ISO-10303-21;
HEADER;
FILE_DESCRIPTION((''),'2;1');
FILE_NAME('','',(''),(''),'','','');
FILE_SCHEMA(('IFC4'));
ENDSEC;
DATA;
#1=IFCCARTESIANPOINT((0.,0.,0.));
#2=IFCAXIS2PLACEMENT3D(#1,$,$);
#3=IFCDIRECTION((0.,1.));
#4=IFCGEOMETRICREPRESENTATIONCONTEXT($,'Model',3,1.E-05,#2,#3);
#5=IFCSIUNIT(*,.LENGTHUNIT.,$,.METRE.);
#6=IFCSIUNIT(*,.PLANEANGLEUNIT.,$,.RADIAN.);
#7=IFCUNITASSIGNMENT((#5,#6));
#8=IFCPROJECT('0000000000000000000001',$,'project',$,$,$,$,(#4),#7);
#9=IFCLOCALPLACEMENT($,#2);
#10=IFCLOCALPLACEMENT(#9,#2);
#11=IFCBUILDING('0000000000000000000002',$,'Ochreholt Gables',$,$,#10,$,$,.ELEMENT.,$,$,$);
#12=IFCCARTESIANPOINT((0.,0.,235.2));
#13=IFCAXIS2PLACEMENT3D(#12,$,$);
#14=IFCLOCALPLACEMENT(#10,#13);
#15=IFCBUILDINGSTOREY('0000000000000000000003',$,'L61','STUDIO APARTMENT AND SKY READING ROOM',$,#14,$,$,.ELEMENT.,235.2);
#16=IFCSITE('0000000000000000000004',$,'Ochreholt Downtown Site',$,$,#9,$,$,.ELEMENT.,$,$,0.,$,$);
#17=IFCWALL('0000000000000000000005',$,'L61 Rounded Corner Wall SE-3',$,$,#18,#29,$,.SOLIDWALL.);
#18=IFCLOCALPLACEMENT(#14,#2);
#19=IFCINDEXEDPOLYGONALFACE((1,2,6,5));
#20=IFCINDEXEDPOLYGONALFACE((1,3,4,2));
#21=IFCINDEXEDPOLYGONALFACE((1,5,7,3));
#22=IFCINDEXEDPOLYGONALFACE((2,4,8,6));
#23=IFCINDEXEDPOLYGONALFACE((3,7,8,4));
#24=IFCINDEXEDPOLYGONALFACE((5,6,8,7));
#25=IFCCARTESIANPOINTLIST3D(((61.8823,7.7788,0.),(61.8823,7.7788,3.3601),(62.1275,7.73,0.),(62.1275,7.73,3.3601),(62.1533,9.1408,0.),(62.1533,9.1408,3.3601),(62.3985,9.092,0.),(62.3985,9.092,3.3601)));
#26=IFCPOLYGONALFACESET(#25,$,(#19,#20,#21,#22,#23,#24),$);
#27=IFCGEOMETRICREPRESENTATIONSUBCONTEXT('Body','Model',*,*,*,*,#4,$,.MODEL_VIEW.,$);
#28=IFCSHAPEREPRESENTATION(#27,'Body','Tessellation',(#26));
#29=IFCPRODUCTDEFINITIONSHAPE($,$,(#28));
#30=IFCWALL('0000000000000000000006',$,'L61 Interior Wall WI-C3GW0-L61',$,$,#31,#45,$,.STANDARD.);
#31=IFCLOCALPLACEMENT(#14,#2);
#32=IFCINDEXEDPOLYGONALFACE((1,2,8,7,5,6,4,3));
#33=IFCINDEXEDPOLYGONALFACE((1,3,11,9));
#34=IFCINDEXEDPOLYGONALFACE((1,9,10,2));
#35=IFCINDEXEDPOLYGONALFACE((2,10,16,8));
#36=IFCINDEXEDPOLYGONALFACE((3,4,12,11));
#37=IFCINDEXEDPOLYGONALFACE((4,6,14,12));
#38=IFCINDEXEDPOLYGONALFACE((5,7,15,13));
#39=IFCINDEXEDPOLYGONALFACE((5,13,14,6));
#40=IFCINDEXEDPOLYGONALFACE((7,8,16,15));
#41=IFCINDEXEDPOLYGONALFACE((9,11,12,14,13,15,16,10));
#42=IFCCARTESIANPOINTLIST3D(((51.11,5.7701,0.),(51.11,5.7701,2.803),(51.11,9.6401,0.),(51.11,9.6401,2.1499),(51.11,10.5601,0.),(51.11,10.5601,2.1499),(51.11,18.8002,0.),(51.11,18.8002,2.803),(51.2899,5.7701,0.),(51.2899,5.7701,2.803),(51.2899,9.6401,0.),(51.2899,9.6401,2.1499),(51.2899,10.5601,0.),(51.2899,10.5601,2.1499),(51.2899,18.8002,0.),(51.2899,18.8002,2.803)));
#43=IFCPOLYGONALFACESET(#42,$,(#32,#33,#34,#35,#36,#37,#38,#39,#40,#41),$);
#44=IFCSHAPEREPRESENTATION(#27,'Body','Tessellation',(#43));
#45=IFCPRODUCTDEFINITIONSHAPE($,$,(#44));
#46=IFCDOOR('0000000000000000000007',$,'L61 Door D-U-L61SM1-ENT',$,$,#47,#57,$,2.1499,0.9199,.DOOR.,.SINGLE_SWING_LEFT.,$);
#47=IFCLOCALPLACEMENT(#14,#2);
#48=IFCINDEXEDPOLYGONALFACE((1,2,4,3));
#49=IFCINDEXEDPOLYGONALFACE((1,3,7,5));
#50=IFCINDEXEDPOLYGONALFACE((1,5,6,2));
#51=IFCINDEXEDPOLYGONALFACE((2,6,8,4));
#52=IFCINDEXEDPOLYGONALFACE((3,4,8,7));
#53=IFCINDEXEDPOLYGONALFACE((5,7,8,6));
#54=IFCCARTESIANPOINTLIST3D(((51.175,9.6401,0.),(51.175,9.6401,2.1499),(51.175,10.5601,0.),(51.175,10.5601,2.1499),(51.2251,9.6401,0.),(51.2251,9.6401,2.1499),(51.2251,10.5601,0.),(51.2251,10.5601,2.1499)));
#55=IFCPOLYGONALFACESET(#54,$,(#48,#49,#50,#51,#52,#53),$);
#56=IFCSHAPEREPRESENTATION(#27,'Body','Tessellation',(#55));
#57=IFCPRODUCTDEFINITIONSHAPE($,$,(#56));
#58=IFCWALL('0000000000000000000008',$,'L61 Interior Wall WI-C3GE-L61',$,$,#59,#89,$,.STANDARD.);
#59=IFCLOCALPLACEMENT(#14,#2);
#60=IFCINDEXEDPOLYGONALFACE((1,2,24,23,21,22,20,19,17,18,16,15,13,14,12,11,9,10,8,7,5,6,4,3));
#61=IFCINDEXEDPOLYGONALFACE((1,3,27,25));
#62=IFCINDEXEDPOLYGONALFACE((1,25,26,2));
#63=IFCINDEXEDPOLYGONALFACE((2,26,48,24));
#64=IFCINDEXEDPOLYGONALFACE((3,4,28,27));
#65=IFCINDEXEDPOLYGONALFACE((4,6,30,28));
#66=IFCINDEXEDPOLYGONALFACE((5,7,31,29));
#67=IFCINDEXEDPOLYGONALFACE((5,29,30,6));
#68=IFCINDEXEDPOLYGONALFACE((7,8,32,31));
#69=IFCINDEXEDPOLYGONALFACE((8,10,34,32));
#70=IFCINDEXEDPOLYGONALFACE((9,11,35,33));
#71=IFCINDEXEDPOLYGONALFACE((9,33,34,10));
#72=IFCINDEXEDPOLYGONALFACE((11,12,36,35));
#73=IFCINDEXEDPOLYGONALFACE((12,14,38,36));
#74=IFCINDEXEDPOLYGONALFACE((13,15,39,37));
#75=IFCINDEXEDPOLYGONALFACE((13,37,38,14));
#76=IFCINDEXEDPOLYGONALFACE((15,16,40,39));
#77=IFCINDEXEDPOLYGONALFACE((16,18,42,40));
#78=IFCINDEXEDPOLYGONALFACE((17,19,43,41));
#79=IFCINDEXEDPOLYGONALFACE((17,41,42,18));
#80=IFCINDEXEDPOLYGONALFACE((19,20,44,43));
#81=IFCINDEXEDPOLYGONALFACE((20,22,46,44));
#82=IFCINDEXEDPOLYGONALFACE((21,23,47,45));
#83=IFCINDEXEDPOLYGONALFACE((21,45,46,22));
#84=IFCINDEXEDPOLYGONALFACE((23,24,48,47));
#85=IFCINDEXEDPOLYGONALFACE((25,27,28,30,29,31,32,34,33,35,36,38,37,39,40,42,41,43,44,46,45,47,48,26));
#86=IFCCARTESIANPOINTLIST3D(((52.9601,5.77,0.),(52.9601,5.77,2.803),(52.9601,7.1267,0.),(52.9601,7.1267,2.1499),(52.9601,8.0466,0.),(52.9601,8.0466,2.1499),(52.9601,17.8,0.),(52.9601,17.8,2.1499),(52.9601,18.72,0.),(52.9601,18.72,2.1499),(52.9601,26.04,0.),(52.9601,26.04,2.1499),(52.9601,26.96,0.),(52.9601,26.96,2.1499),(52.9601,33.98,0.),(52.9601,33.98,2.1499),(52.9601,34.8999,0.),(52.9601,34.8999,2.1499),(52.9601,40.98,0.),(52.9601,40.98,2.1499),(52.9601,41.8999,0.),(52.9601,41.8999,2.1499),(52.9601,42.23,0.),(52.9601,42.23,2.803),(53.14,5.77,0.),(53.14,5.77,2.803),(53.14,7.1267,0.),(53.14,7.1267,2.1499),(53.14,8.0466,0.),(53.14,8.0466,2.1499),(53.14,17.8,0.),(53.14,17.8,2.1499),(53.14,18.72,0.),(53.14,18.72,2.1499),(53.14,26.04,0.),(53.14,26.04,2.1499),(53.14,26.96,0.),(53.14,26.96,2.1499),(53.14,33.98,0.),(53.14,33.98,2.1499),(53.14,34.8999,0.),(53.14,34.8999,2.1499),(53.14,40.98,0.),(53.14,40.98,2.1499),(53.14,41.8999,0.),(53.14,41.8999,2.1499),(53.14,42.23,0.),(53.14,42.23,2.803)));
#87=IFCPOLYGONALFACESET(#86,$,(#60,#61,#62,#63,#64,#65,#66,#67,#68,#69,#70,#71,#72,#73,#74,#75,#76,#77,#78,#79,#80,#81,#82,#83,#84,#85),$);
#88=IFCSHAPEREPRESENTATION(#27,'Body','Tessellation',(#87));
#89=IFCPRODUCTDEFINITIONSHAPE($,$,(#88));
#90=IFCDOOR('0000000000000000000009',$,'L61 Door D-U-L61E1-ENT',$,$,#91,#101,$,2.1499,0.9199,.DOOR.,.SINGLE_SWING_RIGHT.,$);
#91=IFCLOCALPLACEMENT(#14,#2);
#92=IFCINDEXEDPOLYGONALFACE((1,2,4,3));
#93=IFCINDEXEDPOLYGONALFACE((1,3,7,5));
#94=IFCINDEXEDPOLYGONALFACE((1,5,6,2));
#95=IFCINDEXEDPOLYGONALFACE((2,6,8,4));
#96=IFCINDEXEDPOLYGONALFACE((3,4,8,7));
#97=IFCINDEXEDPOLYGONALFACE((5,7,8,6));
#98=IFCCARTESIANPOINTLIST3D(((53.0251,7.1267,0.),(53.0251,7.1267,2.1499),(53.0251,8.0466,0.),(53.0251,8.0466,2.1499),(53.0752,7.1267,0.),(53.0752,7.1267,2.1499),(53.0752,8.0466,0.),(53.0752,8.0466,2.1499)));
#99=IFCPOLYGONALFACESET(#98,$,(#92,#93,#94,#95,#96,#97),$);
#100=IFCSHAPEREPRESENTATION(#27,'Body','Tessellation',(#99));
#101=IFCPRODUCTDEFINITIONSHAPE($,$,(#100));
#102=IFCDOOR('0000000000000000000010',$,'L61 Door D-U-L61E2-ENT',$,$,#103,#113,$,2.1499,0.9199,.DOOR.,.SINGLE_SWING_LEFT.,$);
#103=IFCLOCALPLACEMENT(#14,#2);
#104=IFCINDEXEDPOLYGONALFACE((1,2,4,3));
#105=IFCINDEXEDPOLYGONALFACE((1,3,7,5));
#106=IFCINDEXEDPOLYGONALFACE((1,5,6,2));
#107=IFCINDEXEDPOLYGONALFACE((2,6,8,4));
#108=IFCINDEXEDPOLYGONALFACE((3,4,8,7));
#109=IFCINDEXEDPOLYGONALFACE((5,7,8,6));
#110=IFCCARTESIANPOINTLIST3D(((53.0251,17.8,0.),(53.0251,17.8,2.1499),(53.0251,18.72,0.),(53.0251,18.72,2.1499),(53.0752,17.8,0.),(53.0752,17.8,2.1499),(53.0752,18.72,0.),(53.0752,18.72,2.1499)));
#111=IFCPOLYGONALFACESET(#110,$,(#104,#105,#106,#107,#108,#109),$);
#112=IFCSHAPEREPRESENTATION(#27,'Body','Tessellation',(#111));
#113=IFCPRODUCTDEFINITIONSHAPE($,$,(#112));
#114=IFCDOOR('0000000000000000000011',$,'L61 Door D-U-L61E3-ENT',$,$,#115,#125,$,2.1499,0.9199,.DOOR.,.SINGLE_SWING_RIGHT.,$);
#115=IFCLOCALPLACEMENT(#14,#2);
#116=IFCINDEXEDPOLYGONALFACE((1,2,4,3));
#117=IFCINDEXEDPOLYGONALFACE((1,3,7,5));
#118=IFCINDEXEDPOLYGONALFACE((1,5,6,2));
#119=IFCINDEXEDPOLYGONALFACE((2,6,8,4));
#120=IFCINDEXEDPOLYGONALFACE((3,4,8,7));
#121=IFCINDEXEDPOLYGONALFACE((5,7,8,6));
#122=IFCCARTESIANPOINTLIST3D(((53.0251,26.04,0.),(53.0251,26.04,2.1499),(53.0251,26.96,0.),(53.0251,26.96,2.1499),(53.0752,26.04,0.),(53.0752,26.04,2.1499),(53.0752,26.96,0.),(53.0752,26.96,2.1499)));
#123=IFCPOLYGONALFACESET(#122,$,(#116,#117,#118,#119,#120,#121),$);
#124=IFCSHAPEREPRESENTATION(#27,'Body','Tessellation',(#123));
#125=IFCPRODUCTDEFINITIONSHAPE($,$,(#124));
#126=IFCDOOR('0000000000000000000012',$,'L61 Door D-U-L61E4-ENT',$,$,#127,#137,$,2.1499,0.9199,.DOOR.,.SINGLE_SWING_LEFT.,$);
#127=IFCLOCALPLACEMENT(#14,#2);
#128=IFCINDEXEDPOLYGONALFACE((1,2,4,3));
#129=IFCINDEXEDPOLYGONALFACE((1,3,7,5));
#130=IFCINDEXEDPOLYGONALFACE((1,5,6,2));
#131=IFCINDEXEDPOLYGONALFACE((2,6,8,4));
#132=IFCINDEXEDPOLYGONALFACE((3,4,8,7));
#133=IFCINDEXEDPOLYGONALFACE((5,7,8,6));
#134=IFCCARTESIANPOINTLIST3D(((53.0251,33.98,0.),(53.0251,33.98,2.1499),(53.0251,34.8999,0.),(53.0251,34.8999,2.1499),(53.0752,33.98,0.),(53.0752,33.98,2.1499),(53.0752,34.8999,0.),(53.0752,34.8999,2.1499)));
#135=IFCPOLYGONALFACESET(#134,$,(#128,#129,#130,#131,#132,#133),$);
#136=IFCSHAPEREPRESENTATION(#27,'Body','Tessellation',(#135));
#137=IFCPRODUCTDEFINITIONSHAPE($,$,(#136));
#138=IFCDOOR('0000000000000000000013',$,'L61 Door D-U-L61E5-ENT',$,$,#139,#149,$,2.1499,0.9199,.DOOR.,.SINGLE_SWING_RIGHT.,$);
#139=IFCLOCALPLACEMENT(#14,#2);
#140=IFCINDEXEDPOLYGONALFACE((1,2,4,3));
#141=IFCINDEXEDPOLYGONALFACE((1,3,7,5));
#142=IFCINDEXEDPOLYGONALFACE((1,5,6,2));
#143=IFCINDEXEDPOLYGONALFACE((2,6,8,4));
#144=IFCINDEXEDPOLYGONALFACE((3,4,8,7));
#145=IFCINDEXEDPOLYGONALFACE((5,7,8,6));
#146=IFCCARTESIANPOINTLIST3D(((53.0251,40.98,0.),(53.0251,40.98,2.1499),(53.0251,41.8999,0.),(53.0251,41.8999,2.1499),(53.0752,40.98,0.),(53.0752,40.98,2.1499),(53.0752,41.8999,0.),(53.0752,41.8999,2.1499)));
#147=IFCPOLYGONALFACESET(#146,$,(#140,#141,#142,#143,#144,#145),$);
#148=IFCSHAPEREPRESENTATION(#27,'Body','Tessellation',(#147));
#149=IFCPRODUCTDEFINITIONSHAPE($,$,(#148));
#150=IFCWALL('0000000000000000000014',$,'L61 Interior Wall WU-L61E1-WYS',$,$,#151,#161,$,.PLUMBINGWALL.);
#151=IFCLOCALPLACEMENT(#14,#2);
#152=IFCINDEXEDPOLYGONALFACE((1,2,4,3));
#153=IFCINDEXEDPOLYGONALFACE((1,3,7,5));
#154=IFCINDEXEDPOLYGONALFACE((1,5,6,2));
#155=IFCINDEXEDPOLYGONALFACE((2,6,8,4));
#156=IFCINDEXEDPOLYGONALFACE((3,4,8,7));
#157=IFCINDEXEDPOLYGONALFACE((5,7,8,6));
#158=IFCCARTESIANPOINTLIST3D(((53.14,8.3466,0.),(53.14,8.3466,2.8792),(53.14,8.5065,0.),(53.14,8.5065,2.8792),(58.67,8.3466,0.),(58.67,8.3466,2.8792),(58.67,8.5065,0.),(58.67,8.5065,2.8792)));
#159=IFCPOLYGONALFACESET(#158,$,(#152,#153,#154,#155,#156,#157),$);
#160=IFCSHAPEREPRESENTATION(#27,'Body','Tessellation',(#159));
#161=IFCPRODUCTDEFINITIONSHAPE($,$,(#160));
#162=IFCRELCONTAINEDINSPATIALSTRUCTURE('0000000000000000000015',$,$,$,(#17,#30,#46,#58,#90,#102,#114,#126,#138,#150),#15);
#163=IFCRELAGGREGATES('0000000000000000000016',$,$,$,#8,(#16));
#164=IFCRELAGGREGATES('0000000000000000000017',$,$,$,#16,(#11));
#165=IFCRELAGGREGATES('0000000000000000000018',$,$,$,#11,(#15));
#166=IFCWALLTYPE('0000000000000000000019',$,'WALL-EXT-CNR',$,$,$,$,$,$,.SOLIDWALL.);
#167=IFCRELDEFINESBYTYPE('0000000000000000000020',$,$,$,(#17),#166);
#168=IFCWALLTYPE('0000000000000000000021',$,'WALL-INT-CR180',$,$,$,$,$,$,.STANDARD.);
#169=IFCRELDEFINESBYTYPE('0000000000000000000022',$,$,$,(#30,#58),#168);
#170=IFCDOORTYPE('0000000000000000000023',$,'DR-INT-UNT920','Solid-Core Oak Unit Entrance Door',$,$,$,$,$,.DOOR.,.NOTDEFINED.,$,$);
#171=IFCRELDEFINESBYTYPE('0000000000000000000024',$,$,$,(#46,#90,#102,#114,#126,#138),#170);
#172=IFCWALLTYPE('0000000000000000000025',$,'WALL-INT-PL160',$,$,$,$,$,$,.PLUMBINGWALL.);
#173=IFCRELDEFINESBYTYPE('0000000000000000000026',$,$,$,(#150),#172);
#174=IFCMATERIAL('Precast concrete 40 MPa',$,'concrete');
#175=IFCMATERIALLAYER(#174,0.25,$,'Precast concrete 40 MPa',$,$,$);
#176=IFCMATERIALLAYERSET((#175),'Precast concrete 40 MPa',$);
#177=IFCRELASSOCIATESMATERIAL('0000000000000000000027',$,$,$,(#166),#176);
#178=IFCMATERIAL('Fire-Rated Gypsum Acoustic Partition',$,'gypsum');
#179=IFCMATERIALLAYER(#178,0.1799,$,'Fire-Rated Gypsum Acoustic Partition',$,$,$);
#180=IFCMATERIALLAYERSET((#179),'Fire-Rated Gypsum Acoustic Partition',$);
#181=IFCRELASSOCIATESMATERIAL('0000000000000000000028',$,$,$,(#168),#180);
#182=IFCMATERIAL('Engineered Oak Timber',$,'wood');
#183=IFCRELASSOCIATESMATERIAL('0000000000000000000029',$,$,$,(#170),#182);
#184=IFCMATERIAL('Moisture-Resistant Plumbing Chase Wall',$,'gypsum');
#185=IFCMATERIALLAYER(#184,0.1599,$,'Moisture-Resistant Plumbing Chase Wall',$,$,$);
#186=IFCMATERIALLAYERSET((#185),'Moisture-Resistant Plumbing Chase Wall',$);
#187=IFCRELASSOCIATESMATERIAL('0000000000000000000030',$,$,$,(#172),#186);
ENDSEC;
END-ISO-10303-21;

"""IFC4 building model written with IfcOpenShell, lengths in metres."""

from ifc_helpers import new_model, si_unit, direction, frame, frame_2d, origin, place, context, subcontext, project, spatial, rectangle, extrude, material, layer, layer_set, type_object, element, fill, save


model = new_model("IFC4")

# Units and contexts
model_context = context("Model", 3, precision=1e-05, world=origin(), true_north=direction((0.0, 1.0)))
body_context = subcontext(model_context, "Body", "Model", "MODEL_VIEW")
ifc_project = project(units=[si_unit("LENGTHUNIT", "METRE"), si_unit("PLANEANGLEUNIT", "RADIAN")], contexts=[model_context])

# Site, building, storey
site_placement = place(None, origin())
site = spatial("IfcSite", under=ifc_project, at=site_placement, Name="Ochreholt Downtown Site", CompositionType="ELEMENT", RefElevation=0.0)
building_placement = place(site_placement, origin())
building = spatial("IfcBuilding", under=site, at=building_placement, Name="Ochreholt Gables", CompositionType="ELEMENT")
storey_placement = place(building_placement, frame((0.0, 0.0, 235.2)))
storey = spatial("IfcBuildingStorey", under=building, at=storey_placement, Name="L61", Description="STUDIO APARTMENT AND SKY READING ROOM", CompositionType="ELEMENT", Elevation=235.2)

# Shared definitions
ifc_material_1 = material(Name="Precast concrete 40 MPa", Category="concrete")

# Shared definitions
ifc_layer_1 = layer(ifc_material_1, 0.25, Name="Precast concrete 40 MPa")
ifc_layer_set_1 = layer_set([ifc_layer_1], Name="Precast concrete 40 MPa")
wall_type_1 = type_object("IfcWallType", Name="WALL-EXT-CNR", PredefinedType="SOLIDWALL", material=ifc_layer_set_1)

# Wall
wall_1_placement = place(storey_placement, frame((62.0049, 7.7544, 0.0), z_axis=(0.0, 0.0, 1.0), x_axis=(0.195136, 0.980776, 0.0)))
element("IfcWall", 1, at=wall_1_placement, inside=storey, type_object=wall_type_1, Name="L61 Rounded Corner Wall SE-3", PredefinedType="SOLIDWALL", context=body_context, shape_type="SweptSolid", body=[
    extrude(rectangle(XDim=1.3887, YDim=0.25, at=frame_2d((0.6943, 0.0))), origin(), (0.0, 0.0, 1.0), 3.3601),
])

# Wall, opening, door
ifc_material_2 = material(Name="Fire-Rated Gypsum Acoustic Partition", Category="gypsum")
ifc_layer_2 = layer(ifc_material_2, 0.1799, Name="Fire-Rated Gypsum Acoustic Partition")
ifc_layer_set_2 = layer_set([ifc_layer_2], Name="Fire-Rated Gypsum Acoustic Partition")
wall_type_2 = type_object("IfcWallType", Name="WALL-INT-CR180", PredefinedType="STANDARD", material=ifc_layer_set_2)
wall_2_placement = place(storey_placement, frame((51.2, 5.77, 0.0), z_axis=(0.0, 0.0, 1.0), x_axis=(0.0, 1.0, 0.0)))
wall_2 = element("IfcWall", 2, at=wall_2_placement, inside=storey, type_object=wall_type_2, Name="L61 Interior Wall WI-C3GW0-L61", PredefinedType="STANDARD", context=body_context, shape_type="SweptSolid", body=[
    extrude(rectangle(XDim=13.03, YDim=0.1799, at=frame_2d((6.5151, 0.0))), origin(), (0.0, 0.0, 1.0), 2.803),
])
opening_1_placement = place(wall_2_placement, frame((3.8701, 0.0, 0.0)))
opening_1 = element("IfcOpeningElement", 3, at=opening_1_placement, cuts=wall_2, PredefinedType="OPENING", context=body_context, shape_type="SweptSolid", body=[
    extrude(rectangle(XDim=0.9199, YDim=2.1499, at=frame_2d((0.46, 1.075))), frame((0.0, 0.0999, 0.0), z_axis=(0.0, -1.0, 0.0), x_axis=(1.0, 0.0, 0.0)), (0.0, 0.0, 1.0), 0.2),
])
ifc_material_3 = material(Name="Engineered Oak Timber", Category="wood")
door_type_1 = type_object("IfcDoorType", Name="DR-INT-UNT920", Description="Solid-Core Oak Unit Entrance Door", OperationType="NOTDEFINED", PredefinedType="DOOR", material=ifc_material_3)
door_1_placement = place(opening_1_placement, origin())
door_1 = element("IfcDoor", 4, at=door_1_placement, inside=storey, type_object=door_type_1, Name="L61 Door D-U-L61SM1-ENT", OperationType="SINGLE_SWING_LEFT", OverallHeight=2.1499, OverallWidth=0.9199, PredefinedType="DOOR", context=body_context, shape_type="SweptSolid", body=[
    extrude(rectangle(XDim=0.9199, YDim=2.1499, at=frame_2d((0.46, 1.075))), frame((0.0, 0.0249, 0.0), z_axis=(0.0, -1.0, 0.0), x_axis=(1.0, 0.0, 0.0)), (0.0, 0.0, 1.0), 0.05),
])
fill(opening_1, door_1)

# Wall, openings, doors
wall_3_placement = place(storey_placement, frame((53.05, 5.77, 0.0), z_axis=(0.0, 0.0, 1.0), x_axis=(0.0, 1.0, 0.0)))
wall_3 = element("IfcWall", 5, at=wall_3_placement, inside=storey, type_object=wall_type_2, Name="L61 Interior Wall WI-C3GE-L61", PredefinedType="STANDARD", context=body_context, shape_type="SweptSolid", body=[
    extrude(rectangle(XDim=36.46, YDim=0.1799, at=frame_2d((18.23, 0.0))), origin(), (0.0, 0.0, 1.0), 2.803),
])
opening_2_placement = place(wall_3_placement, frame((1.3567, 0.0, 0.0)))
opening_2 = element("IfcOpeningElement", 6, at=opening_2_placement, cuts=wall_3, PredefinedType="OPENING", context=body_context, shape_type="SweptSolid", body=[
    extrude(rectangle(XDim=0.9199, YDim=2.1499, at=frame_2d((0.46, 1.075))), frame((0.0, 0.0999, 0.0), z_axis=(0.0, -1.0, 0.0), x_axis=(1.0, 0.0, 0.0)), (0.0, 0.0, 1.0), 0.2),
])
opening_3_placement = place(wall_3_placement, frame((12.03, 0.0, 0.0)))
opening_3 = element("IfcOpeningElement", 7, at=opening_3_placement, cuts=wall_3, PredefinedType="OPENING", context=body_context, shape_type="SweptSolid", body=[
    extrude(rectangle(XDim=0.9199, YDim=2.1499, at=frame_2d((0.46, 1.075))), frame((0.0, 0.0999, 0.0), z_axis=(0.0, -1.0, 0.0), x_axis=(1.0, 0.0, 0.0)), (0.0, 0.0, 1.0), 0.2),
])
opening_4_placement = place(wall_3_placement, frame((20.27, 0.0, 0.0)))
opening_4 = element("IfcOpeningElement", 8, at=opening_4_placement, cuts=wall_3, PredefinedType="OPENING", context=body_context, shape_type="SweptSolid", body=[
    extrude(rectangle(XDim=0.9199, YDim=2.1499, at=frame_2d((0.46, 1.075))), frame((0.0, 0.0999, 0.0), z_axis=(0.0, -1.0, 0.0), x_axis=(1.0, 0.0, 0.0)), (0.0, 0.0, 1.0), 0.2),
])
opening_5_placement = place(wall_3_placement, frame((28.21, 0.0, 0.0)))
opening_5 = element("IfcOpeningElement", 9, at=opening_5_placement, cuts=wall_3, PredefinedType="OPENING", context=body_context, shape_type="SweptSolid", body=[
    extrude(rectangle(XDim=0.9199, YDim=2.1499, at=frame_2d((0.46, 1.075))), frame((0.0, 0.0999, 0.0), z_axis=(0.0, -1.0, 0.0), x_axis=(1.0, 0.0, 0.0)), (0.0, 0.0, 1.0), 0.2),
])
opening_6_placement = place(wall_3_placement, frame((35.21, 0.0, 0.0)))
opening_6 = element("IfcOpeningElement", 10, at=opening_6_placement, cuts=wall_3, PredefinedType="OPENING", context=body_context, shape_type="SweptSolid", body=[
    extrude(rectangle(XDim=0.9199, YDim=2.1499, at=frame_2d((0.46, 1.075))), frame((0.0, 0.0999, 0.0), z_axis=(0.0, -1.0, 0.0), x_axis=(1.0, 0.0, 0.0)), (0.0, 0.0, 1.0), 0.2),
])
door_2_placement = place(opening_2_placement, origin())
door_2 = element("IfcDoor", 11, at=door_2_placement, inside=storey, type_object=door_type_1, Name="L61 Door D-U-L61E1-ENT", OperationType="SINGLE_SWING_RIGHT", OverallHeight=2.1499, OverallWidth=0.9199, PredefinedType="DOOR", context=body_context, shape_type="SweptSolid", body=[
    extrude(rectangle(XDim=0.9199, YDim=2.1499, at=frame_2d((0.46, 1.075))), frame((0.0, 0.0249, 0.0), z_axis=(0.0, -1.0, 0.0), x_axis=(1.0, 0.0, 0.0)), (0.0, 0.0, 1.0), 0.05),
])
fill(opening_2, door_2)
door_3_placement = place(opening_3_placement, origin())
door_3 = element("IfcDoor", 12, at=door_3_placement, inside=storey, type_object=door_type_1, Name="L61 Door D-U-L61E2-ENT", OperationType="SINGLE_SWING_LEFT", OverallHeight=2.1499, OverallWidth=0.9199, PredefinedType="DOOR", context=body_context, shape_type="SweptSolid", body=[
    extrude(rectangle(XDim=0.9199, YDim=2.1499, at=frame_2d((0.46, 1.075))), frame((0.0, 0.0249, 0.0), z_axis=(0.0, -1.0, 0.0), x_axis=(1.0, 0.0, 0.0)), (0.0, 0.0, 1.0), 0.05),
])
fill(opening_3, door_3)
door_4_placement = place(opening_4_placement, origin())
door_4 = element("IfcDoor", 13, at=door_4_placement, inside=storey, type_object=door_type_1, Name="L61 Door D-U-L61E3-ENT", OperationType="SINGLE_SWING_RIGHT", OverallHeight=2.1499, OverallWidth=0.9199, PredefinedType="DOOR", context=body_context, shape_type="SweptSolid", body=[
    extrude(rectangle(XDim=0.9199, YDim=2.1499, at=frame_2d((0.46, 1.075))), frame((0.0, 0.0249, 0.0), z_axis=(0.0, -1.0, 0.0), x_axis=(1.0, 0.0, 0.0)), (0.0, 0.0, 1.0), 0.05),
])
fill(opening_4, door_4)
door_5_placement = place(opening_5_placement, origin())
door_5 = element("IfcDoor", 14, at=door_5_placement, inside=storey, type_object=door_type_1, Name="L61 Door D-U-L61E4-ENT", OperationType="SINGLE_SWING_LEFT", OverallHeight=2.1499, OverallWidth=0.9199, PredefinedType="DOOR", context=body_context, shape_type="SweptSolid", body=[
    extrude(rectangle(XDim=0.9199, YDim=2.1499, at=frame_2d((0.46, 1.075))), frame((0.0, 0.0249, 0.0), z_axis=(0.0, -1.0, 0.0), x_axis=(1.0, 0.0, 0.0)), (0.0, 0.0, 1.0), 0.05),
])
fill(opening_5, door_5)
door_6_placement = place(opening_6_placement, origin())
door_6 = element("IfcDoor", 15, at=door_6_placement, inside=storey, type_object=door_type_1, Name="L61 Door D-U-L61E5-ENT", OperationType="SINGLE_SWING_RIGHT", OverallHeight=2.1499, OverallWidth=0.9199, PredefinedType="DOOR", context=body_context, shape_type="SweptSolid", body=[
    extrude(rectangle(XDim=0.9199, YDim=2.1499, at=frame_2d((0.46, 1.075))), frame((0.0, 0.0249, 0.0), z_axis=(0.0, -1.0, 0.0), x_axis=(1.0, 0.0, 0.0)), (0.0, 0.0, 1.0), 0.05),
])
fill(opening_6, door_6)

# Wall
ifc_material_4 = material(Name="Moisture-Resistant Plumbing Chase Wall", Category="gypsum")
ifc_layer_3 = layer(ifc_material_4, 0.1599, Name="Moisture-Resistant Plumbing Chase Wall")
ifc_layer_set_3 = layer_set([ifc_layer_3], Name="Moisture-Resistant Plumbing Chase Wall")
wall_type_3 = type_object("IfcWallType", Name="WALL-INT-PL160", PredefinedType="PLUMBINGWALL", material=ifc_layer_set_3)
wall_4_placement = place(storey_placement, frame((53.1399, 8.4265, 0.0), z_axis=(0.0, 0.0, 1.0), x_axis=(1.0, 0.0, 0.0)))
element("IfcWall", 16, at=wall_4_placement, inside=storey, type_object=wall_type_3, Name="L61 Interior Wall WU-L61E1-WYS", PredefinedType="PLUMBINGWALL", context=body_context, shape_type="SweptSolid", body=[
    extrude(rectangle(XDim=5.53, YDim=0.1599, at=frame_2d((2.7651, 0.0))), origin(), (0.0, 0.0, 1.0), 2.8792),
])

save(model, "model.ifc")
